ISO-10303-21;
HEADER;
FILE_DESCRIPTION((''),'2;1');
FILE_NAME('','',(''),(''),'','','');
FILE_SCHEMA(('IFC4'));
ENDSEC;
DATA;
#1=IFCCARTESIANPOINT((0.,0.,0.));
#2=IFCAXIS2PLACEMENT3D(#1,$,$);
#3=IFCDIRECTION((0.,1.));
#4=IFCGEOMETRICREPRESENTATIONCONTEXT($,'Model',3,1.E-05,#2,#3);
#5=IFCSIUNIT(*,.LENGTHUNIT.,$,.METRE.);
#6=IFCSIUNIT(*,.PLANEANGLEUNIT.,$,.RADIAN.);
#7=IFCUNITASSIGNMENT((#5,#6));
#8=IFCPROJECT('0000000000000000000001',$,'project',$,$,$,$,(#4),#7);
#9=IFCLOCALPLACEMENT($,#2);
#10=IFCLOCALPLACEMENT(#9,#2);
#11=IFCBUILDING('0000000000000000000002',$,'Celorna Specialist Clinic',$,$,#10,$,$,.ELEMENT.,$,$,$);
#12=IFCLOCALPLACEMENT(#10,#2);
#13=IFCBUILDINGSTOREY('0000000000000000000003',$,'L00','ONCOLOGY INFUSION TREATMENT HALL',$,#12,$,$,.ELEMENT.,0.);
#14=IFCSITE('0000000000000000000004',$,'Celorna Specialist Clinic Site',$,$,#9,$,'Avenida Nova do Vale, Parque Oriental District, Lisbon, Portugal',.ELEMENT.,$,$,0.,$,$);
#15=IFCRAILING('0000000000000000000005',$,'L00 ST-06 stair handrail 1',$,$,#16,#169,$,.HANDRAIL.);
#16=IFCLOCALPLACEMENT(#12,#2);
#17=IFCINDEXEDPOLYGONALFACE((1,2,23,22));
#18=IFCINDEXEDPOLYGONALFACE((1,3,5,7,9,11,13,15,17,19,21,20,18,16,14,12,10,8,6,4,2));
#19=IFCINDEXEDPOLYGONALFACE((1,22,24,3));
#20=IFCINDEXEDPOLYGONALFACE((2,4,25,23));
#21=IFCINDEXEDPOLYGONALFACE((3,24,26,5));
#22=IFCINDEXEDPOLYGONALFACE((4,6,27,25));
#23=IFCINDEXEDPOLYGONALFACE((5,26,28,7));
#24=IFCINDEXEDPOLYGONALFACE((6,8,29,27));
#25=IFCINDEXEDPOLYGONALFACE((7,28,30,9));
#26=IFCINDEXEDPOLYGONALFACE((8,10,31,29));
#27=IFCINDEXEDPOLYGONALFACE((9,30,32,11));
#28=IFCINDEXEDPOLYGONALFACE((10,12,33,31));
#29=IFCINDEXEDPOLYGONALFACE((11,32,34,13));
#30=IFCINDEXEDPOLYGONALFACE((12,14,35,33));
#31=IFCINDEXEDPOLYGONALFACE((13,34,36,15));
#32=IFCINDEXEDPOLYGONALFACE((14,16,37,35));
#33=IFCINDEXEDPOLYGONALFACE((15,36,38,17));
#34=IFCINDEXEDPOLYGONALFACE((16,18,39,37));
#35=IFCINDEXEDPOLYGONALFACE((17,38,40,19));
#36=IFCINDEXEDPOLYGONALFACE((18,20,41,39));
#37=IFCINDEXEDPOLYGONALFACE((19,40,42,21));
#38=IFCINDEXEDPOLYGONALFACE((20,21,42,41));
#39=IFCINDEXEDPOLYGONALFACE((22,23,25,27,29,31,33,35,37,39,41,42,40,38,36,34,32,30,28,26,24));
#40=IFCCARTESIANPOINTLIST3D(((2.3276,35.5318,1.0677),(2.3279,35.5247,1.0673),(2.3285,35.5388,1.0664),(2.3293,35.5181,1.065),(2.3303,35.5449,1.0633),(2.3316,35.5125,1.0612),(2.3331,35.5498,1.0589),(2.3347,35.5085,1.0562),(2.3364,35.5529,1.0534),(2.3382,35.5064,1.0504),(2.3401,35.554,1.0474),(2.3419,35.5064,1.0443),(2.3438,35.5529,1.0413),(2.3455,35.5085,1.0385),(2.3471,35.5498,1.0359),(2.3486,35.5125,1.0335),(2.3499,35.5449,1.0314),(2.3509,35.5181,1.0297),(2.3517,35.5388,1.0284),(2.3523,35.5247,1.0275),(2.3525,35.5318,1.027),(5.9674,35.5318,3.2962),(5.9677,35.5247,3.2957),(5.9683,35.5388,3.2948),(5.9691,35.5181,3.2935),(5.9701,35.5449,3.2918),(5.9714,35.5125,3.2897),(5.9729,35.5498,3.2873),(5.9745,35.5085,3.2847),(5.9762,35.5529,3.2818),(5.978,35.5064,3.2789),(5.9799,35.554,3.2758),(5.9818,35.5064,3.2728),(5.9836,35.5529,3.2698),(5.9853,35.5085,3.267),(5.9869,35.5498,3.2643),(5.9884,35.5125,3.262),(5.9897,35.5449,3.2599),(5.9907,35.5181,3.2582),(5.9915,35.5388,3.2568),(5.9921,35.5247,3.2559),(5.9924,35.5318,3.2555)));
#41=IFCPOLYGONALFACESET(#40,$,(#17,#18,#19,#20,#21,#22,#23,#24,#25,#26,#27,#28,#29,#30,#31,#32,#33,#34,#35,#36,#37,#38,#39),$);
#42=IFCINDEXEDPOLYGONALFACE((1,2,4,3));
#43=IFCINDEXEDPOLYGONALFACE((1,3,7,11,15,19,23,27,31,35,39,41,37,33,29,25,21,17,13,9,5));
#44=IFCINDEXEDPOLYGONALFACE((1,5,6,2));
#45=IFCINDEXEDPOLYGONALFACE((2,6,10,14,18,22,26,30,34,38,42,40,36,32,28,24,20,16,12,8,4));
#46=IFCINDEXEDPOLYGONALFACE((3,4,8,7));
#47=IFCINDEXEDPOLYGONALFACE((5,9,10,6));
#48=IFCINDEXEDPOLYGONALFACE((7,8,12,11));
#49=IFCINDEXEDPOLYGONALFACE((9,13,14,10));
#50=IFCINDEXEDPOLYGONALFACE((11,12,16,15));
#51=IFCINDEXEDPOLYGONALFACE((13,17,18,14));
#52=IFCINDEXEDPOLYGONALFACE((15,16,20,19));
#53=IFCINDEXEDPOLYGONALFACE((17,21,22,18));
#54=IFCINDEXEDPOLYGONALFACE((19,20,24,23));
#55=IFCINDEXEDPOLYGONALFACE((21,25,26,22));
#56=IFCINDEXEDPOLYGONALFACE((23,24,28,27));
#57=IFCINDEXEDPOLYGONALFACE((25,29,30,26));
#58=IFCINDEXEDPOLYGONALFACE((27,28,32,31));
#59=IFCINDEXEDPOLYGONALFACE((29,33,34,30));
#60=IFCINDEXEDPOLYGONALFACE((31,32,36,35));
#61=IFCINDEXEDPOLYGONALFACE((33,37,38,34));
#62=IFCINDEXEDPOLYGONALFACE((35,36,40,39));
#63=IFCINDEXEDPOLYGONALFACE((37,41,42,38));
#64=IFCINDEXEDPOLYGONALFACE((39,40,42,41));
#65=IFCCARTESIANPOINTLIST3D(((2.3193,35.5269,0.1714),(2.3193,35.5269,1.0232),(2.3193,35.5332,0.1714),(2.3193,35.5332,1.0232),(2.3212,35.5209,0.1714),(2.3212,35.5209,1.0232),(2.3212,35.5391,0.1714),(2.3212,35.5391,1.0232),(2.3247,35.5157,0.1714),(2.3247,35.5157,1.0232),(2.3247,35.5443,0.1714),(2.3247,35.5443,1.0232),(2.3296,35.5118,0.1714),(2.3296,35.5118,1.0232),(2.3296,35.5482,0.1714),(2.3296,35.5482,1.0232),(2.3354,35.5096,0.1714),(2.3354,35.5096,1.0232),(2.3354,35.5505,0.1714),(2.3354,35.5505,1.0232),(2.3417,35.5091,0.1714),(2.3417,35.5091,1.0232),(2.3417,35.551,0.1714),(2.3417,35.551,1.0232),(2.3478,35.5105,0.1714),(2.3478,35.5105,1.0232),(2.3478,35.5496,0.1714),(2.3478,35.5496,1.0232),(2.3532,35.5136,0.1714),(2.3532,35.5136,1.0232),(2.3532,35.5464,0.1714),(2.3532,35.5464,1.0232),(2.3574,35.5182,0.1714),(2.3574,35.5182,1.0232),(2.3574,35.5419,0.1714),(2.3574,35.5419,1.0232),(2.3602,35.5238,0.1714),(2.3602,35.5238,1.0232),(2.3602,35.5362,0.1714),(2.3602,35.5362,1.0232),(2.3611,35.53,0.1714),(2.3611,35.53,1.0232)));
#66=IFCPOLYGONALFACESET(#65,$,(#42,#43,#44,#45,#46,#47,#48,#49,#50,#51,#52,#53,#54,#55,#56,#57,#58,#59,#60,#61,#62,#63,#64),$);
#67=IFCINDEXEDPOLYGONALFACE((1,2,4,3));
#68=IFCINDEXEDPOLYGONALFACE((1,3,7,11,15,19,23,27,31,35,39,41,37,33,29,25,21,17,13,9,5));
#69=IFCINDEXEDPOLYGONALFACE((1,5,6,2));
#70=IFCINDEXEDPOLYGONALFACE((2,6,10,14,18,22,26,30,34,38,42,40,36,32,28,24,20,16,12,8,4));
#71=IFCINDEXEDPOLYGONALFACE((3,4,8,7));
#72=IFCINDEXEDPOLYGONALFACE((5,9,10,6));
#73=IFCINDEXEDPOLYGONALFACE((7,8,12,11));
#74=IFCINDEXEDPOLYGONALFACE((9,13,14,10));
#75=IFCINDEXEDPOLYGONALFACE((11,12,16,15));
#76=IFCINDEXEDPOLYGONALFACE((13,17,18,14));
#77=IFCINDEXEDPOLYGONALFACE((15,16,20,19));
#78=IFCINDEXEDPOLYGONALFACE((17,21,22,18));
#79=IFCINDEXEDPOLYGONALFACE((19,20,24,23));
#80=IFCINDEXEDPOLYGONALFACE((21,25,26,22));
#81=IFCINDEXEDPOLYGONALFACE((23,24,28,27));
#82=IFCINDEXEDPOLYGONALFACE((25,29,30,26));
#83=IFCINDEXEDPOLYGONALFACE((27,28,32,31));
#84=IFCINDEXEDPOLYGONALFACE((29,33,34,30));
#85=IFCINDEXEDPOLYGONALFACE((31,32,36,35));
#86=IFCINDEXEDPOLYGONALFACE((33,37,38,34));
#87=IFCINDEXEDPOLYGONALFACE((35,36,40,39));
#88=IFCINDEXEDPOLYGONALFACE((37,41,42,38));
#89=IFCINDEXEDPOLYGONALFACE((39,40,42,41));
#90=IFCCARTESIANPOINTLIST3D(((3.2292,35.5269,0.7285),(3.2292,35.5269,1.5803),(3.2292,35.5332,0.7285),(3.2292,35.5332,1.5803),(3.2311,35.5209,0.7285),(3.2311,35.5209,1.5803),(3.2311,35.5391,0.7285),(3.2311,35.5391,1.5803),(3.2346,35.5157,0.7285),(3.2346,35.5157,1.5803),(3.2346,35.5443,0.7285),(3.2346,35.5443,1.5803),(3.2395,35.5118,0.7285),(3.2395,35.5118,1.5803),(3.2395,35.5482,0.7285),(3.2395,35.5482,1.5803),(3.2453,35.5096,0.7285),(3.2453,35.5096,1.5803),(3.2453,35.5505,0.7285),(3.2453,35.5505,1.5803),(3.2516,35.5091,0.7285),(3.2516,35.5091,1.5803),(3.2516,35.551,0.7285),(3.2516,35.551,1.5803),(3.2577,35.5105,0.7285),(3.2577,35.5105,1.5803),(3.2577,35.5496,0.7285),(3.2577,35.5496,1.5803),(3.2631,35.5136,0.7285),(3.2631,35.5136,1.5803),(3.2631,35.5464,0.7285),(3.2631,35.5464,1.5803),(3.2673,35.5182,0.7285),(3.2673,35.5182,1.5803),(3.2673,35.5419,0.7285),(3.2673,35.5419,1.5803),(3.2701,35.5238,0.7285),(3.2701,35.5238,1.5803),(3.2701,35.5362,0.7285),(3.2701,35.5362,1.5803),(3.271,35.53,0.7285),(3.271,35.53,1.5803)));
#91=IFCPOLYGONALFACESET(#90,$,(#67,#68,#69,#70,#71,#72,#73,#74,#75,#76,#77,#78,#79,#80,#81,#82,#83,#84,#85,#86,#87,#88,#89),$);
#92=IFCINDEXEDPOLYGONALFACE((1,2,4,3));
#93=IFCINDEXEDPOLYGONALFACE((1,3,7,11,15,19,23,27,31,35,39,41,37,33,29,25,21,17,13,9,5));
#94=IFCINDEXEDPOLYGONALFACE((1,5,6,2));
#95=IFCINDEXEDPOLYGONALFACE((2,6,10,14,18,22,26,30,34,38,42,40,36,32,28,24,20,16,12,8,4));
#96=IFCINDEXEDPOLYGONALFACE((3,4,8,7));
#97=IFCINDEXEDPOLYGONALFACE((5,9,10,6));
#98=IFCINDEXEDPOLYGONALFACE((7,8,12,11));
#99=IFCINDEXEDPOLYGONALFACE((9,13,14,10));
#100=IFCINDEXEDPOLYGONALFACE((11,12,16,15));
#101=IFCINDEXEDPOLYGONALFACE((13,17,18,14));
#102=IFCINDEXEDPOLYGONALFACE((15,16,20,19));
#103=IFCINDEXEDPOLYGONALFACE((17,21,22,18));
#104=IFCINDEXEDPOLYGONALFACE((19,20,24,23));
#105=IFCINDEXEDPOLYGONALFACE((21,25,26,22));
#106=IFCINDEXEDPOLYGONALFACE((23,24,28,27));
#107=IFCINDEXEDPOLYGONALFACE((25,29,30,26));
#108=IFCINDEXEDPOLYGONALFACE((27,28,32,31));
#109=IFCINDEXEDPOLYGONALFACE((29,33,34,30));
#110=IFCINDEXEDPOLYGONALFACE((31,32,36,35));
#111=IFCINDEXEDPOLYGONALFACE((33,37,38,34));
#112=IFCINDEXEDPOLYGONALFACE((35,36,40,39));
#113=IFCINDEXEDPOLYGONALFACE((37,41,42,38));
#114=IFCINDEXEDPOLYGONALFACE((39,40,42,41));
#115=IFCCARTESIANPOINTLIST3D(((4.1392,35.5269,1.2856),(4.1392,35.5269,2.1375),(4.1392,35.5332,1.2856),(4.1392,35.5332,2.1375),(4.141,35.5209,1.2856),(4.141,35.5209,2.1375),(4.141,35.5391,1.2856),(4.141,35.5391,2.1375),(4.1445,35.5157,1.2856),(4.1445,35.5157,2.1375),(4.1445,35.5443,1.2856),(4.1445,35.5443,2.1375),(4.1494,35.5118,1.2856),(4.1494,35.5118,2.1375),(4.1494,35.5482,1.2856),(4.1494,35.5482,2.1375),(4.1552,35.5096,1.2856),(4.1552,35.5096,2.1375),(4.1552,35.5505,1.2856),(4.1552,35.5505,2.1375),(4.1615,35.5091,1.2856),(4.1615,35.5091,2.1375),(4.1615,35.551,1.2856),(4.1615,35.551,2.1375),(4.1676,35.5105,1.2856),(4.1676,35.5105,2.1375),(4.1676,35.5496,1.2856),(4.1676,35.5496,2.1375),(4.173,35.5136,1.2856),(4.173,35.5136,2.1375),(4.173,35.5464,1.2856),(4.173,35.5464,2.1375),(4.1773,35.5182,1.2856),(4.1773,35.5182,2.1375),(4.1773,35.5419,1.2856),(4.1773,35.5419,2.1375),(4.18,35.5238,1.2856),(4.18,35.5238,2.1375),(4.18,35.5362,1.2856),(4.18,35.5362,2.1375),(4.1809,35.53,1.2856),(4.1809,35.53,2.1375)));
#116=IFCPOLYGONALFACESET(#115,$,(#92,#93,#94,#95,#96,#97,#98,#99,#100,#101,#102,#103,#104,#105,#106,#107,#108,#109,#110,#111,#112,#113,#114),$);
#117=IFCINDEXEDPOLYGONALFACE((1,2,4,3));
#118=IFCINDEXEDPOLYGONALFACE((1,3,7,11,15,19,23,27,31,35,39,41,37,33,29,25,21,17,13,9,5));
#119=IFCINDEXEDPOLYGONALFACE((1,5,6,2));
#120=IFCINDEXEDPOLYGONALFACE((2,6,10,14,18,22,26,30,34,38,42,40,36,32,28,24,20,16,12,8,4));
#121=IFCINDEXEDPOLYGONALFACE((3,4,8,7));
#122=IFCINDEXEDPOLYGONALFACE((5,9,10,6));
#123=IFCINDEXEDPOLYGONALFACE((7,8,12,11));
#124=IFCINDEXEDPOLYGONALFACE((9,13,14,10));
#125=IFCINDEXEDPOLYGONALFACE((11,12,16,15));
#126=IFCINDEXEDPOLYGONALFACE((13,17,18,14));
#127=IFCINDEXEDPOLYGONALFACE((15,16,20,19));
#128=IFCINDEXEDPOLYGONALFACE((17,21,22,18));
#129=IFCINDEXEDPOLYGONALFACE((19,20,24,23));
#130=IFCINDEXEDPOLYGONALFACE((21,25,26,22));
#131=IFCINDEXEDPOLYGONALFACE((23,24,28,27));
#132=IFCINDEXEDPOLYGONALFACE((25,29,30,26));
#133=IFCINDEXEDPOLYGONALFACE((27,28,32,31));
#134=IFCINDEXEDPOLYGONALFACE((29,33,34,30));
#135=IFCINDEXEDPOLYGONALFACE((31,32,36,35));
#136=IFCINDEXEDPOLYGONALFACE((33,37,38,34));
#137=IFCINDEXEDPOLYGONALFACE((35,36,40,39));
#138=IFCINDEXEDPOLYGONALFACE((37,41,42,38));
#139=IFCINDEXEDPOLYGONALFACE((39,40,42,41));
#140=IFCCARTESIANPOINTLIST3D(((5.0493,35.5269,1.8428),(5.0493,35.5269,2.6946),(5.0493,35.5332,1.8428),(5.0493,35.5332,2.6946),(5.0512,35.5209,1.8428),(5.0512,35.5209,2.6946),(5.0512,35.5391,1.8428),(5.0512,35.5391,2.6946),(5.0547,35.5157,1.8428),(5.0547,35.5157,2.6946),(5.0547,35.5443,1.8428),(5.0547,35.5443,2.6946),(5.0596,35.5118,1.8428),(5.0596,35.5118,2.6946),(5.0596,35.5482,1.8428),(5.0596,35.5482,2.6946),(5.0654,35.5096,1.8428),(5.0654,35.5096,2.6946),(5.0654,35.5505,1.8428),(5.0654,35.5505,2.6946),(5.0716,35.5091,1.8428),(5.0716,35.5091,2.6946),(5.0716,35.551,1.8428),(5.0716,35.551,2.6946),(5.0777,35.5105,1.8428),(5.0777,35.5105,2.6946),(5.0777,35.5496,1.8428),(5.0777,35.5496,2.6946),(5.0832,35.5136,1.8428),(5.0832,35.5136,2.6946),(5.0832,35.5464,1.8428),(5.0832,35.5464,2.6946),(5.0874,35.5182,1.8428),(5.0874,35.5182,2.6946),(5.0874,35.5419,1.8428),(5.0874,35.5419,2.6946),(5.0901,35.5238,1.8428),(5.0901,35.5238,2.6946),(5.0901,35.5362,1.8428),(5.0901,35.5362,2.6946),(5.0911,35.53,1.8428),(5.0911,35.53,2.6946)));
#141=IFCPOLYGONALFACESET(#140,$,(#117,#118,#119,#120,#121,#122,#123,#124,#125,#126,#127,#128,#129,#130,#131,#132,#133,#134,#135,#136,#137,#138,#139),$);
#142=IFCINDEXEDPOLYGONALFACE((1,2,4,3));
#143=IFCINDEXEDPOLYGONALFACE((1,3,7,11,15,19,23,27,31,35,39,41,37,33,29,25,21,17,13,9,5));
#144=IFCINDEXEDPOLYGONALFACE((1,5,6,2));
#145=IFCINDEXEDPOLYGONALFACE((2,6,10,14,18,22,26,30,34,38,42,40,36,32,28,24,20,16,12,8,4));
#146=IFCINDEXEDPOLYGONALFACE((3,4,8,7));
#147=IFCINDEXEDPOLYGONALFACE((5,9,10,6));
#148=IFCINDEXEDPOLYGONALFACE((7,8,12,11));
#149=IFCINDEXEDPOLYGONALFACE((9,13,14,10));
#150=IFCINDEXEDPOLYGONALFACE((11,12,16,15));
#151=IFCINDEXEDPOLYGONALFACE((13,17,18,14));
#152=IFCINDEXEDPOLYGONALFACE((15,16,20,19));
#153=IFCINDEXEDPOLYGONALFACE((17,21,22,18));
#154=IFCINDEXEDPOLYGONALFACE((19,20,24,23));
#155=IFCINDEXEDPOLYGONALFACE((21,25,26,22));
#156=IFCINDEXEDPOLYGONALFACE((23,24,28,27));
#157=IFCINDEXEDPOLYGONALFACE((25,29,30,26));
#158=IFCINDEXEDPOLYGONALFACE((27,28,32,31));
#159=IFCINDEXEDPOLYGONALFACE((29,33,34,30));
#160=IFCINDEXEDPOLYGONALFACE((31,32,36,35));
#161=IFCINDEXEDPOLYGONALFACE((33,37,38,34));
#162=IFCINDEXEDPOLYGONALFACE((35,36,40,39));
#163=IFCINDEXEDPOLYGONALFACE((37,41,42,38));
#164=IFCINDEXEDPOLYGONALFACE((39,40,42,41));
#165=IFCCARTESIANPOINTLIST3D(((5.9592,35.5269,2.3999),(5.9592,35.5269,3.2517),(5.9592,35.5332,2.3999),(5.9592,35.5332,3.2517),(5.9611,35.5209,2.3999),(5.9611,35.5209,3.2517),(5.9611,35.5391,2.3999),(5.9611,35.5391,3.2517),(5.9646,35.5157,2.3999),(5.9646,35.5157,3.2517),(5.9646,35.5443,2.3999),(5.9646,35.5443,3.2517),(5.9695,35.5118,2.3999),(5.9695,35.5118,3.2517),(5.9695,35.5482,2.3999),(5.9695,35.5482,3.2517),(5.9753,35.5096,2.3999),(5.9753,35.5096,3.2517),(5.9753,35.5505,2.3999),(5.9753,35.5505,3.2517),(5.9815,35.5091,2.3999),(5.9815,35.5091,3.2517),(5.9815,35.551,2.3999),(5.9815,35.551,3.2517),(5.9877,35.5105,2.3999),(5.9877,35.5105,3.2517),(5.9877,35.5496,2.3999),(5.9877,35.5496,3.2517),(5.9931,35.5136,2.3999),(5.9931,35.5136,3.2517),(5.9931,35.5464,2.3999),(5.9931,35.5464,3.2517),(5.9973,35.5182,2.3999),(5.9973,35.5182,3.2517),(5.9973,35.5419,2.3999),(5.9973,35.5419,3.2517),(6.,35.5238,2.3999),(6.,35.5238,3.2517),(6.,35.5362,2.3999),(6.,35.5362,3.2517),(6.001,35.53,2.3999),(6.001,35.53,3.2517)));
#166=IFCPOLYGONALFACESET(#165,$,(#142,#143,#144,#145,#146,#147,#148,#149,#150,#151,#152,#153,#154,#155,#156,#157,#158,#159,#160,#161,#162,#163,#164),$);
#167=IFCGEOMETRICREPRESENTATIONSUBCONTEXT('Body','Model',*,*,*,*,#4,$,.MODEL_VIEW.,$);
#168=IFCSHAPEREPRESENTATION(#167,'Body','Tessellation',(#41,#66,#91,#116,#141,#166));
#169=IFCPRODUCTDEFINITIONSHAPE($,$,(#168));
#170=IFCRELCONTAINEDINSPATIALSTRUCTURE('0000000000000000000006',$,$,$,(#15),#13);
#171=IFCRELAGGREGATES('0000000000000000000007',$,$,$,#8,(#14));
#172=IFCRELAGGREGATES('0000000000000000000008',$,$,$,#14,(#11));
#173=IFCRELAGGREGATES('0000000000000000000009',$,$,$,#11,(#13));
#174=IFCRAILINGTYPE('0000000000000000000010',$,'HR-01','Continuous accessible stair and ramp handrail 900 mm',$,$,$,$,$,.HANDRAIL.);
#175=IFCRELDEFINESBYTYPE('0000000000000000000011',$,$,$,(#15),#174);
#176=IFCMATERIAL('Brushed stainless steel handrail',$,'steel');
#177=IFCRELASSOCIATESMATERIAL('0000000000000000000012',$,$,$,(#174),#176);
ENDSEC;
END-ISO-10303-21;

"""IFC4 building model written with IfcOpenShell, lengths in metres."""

from ifc_helpers import new_model, si_unit, direction, frame, origin, origin_2d, place, context, subcontext, project, spatial, circle, extrude, material, type_object, element, save


model = new_model("IFC4")

# Units and contexts
model_context = context("Model", 3, precision=1e-05, world=origin(), true_north=direction((0.0, 1.0)))
body_context = subcontext(model_context, "Body", "Model", "MODEL_VIEW")
ifc_project = project(units=[si_unit("LENGTHUNIT", "METRE"), si_unit("PLANEANGLEUNIT", "RADIAN")], contexts=[model_context])

# Site, building, storey
site_placement = place(None, origin())
site = spatial("IfcSite", under=ifc_project, at=site_placement, Name="Celorna Specialist Clinic Site", LongName="Avenida Nova do Vale, Parque Oriental District, Lisbon, Portugal", CompositionType="ELEMENT", RefElevation=0.0)
building_placement = place(site_placement, origin())
building = spatial("IfcBuilding", under=site, at=building_placement, Name="Celorna Specialist Clinic", CompositionType="ELEMENT")
storey_placement = place(building_placement, origin())
storey = spatial("IfcBuildingStorey", under=building, at=storey_placement, Name="L00", Description="ONCOLOGY INFUSION TREATMENT HALL", CompositionType="ELEMENT", Elevation=0.0)

# Railing
ifc_material_1 = material(Name="Brushed stainless steel handrail", Category="steel")
railing_type_1 = type_object("IfcRailingType", Name="HR-01", Description="Continuous accessible stair and ramp handrail 900 mm", PredefinedType="HANDRAIL", material=ifc_material_1)
railing_1_placement = place(storey_placement, frame((2.3401, 35.53, 0.1714)))
element("IfcRailing", 1, at=railing_1_placement, inside=storey, type_object=railing_type_1, Name="L00 ST-06 stair handrail 1", PredefinedType="HANDRAIL", context=body_context, shape_type="SweptSolid", body=[
    extrude(circle(Radius=0.0239, at=origin_2d()), frame((0.0, 0.0, 0.876), z_axis=(0.85285, 0.0, 0.522156), x_axis=(0.0, 1.0, 0.0)), (0.0, 0.0, 1.0), 4.2678),
    extrude(circle(Radius=0.021, at=origin_2d()), origin(), (0.0, 0.0, 1.0), 0.8518),
    extrude(circle(Radius=0.021, at=origin_2d()), frame((0.9099, 0.0, 0.5571)), (0.0, 0.0, 1.0), 0.8518),
    extrude(circle(Radius=0.021, at=origin_2d()), frame((1.8198, 0.0, 1.1143)), (0.0, 0.0, 1.0), 0.8518),
    extrude(circle(Radius=0.021, at=origin_2d()), frame((2.73, 0.0, 1.6714)), (0.0, 0.0, 1.0), 0.8518),
    extrude(circle(Radius=0.021, at=origin_2d()), frame((3.6399, 0.0, 2.2285)), (0.0, 0.0, 1.0), 0.8518),
])

save(model, "model.ifc")
